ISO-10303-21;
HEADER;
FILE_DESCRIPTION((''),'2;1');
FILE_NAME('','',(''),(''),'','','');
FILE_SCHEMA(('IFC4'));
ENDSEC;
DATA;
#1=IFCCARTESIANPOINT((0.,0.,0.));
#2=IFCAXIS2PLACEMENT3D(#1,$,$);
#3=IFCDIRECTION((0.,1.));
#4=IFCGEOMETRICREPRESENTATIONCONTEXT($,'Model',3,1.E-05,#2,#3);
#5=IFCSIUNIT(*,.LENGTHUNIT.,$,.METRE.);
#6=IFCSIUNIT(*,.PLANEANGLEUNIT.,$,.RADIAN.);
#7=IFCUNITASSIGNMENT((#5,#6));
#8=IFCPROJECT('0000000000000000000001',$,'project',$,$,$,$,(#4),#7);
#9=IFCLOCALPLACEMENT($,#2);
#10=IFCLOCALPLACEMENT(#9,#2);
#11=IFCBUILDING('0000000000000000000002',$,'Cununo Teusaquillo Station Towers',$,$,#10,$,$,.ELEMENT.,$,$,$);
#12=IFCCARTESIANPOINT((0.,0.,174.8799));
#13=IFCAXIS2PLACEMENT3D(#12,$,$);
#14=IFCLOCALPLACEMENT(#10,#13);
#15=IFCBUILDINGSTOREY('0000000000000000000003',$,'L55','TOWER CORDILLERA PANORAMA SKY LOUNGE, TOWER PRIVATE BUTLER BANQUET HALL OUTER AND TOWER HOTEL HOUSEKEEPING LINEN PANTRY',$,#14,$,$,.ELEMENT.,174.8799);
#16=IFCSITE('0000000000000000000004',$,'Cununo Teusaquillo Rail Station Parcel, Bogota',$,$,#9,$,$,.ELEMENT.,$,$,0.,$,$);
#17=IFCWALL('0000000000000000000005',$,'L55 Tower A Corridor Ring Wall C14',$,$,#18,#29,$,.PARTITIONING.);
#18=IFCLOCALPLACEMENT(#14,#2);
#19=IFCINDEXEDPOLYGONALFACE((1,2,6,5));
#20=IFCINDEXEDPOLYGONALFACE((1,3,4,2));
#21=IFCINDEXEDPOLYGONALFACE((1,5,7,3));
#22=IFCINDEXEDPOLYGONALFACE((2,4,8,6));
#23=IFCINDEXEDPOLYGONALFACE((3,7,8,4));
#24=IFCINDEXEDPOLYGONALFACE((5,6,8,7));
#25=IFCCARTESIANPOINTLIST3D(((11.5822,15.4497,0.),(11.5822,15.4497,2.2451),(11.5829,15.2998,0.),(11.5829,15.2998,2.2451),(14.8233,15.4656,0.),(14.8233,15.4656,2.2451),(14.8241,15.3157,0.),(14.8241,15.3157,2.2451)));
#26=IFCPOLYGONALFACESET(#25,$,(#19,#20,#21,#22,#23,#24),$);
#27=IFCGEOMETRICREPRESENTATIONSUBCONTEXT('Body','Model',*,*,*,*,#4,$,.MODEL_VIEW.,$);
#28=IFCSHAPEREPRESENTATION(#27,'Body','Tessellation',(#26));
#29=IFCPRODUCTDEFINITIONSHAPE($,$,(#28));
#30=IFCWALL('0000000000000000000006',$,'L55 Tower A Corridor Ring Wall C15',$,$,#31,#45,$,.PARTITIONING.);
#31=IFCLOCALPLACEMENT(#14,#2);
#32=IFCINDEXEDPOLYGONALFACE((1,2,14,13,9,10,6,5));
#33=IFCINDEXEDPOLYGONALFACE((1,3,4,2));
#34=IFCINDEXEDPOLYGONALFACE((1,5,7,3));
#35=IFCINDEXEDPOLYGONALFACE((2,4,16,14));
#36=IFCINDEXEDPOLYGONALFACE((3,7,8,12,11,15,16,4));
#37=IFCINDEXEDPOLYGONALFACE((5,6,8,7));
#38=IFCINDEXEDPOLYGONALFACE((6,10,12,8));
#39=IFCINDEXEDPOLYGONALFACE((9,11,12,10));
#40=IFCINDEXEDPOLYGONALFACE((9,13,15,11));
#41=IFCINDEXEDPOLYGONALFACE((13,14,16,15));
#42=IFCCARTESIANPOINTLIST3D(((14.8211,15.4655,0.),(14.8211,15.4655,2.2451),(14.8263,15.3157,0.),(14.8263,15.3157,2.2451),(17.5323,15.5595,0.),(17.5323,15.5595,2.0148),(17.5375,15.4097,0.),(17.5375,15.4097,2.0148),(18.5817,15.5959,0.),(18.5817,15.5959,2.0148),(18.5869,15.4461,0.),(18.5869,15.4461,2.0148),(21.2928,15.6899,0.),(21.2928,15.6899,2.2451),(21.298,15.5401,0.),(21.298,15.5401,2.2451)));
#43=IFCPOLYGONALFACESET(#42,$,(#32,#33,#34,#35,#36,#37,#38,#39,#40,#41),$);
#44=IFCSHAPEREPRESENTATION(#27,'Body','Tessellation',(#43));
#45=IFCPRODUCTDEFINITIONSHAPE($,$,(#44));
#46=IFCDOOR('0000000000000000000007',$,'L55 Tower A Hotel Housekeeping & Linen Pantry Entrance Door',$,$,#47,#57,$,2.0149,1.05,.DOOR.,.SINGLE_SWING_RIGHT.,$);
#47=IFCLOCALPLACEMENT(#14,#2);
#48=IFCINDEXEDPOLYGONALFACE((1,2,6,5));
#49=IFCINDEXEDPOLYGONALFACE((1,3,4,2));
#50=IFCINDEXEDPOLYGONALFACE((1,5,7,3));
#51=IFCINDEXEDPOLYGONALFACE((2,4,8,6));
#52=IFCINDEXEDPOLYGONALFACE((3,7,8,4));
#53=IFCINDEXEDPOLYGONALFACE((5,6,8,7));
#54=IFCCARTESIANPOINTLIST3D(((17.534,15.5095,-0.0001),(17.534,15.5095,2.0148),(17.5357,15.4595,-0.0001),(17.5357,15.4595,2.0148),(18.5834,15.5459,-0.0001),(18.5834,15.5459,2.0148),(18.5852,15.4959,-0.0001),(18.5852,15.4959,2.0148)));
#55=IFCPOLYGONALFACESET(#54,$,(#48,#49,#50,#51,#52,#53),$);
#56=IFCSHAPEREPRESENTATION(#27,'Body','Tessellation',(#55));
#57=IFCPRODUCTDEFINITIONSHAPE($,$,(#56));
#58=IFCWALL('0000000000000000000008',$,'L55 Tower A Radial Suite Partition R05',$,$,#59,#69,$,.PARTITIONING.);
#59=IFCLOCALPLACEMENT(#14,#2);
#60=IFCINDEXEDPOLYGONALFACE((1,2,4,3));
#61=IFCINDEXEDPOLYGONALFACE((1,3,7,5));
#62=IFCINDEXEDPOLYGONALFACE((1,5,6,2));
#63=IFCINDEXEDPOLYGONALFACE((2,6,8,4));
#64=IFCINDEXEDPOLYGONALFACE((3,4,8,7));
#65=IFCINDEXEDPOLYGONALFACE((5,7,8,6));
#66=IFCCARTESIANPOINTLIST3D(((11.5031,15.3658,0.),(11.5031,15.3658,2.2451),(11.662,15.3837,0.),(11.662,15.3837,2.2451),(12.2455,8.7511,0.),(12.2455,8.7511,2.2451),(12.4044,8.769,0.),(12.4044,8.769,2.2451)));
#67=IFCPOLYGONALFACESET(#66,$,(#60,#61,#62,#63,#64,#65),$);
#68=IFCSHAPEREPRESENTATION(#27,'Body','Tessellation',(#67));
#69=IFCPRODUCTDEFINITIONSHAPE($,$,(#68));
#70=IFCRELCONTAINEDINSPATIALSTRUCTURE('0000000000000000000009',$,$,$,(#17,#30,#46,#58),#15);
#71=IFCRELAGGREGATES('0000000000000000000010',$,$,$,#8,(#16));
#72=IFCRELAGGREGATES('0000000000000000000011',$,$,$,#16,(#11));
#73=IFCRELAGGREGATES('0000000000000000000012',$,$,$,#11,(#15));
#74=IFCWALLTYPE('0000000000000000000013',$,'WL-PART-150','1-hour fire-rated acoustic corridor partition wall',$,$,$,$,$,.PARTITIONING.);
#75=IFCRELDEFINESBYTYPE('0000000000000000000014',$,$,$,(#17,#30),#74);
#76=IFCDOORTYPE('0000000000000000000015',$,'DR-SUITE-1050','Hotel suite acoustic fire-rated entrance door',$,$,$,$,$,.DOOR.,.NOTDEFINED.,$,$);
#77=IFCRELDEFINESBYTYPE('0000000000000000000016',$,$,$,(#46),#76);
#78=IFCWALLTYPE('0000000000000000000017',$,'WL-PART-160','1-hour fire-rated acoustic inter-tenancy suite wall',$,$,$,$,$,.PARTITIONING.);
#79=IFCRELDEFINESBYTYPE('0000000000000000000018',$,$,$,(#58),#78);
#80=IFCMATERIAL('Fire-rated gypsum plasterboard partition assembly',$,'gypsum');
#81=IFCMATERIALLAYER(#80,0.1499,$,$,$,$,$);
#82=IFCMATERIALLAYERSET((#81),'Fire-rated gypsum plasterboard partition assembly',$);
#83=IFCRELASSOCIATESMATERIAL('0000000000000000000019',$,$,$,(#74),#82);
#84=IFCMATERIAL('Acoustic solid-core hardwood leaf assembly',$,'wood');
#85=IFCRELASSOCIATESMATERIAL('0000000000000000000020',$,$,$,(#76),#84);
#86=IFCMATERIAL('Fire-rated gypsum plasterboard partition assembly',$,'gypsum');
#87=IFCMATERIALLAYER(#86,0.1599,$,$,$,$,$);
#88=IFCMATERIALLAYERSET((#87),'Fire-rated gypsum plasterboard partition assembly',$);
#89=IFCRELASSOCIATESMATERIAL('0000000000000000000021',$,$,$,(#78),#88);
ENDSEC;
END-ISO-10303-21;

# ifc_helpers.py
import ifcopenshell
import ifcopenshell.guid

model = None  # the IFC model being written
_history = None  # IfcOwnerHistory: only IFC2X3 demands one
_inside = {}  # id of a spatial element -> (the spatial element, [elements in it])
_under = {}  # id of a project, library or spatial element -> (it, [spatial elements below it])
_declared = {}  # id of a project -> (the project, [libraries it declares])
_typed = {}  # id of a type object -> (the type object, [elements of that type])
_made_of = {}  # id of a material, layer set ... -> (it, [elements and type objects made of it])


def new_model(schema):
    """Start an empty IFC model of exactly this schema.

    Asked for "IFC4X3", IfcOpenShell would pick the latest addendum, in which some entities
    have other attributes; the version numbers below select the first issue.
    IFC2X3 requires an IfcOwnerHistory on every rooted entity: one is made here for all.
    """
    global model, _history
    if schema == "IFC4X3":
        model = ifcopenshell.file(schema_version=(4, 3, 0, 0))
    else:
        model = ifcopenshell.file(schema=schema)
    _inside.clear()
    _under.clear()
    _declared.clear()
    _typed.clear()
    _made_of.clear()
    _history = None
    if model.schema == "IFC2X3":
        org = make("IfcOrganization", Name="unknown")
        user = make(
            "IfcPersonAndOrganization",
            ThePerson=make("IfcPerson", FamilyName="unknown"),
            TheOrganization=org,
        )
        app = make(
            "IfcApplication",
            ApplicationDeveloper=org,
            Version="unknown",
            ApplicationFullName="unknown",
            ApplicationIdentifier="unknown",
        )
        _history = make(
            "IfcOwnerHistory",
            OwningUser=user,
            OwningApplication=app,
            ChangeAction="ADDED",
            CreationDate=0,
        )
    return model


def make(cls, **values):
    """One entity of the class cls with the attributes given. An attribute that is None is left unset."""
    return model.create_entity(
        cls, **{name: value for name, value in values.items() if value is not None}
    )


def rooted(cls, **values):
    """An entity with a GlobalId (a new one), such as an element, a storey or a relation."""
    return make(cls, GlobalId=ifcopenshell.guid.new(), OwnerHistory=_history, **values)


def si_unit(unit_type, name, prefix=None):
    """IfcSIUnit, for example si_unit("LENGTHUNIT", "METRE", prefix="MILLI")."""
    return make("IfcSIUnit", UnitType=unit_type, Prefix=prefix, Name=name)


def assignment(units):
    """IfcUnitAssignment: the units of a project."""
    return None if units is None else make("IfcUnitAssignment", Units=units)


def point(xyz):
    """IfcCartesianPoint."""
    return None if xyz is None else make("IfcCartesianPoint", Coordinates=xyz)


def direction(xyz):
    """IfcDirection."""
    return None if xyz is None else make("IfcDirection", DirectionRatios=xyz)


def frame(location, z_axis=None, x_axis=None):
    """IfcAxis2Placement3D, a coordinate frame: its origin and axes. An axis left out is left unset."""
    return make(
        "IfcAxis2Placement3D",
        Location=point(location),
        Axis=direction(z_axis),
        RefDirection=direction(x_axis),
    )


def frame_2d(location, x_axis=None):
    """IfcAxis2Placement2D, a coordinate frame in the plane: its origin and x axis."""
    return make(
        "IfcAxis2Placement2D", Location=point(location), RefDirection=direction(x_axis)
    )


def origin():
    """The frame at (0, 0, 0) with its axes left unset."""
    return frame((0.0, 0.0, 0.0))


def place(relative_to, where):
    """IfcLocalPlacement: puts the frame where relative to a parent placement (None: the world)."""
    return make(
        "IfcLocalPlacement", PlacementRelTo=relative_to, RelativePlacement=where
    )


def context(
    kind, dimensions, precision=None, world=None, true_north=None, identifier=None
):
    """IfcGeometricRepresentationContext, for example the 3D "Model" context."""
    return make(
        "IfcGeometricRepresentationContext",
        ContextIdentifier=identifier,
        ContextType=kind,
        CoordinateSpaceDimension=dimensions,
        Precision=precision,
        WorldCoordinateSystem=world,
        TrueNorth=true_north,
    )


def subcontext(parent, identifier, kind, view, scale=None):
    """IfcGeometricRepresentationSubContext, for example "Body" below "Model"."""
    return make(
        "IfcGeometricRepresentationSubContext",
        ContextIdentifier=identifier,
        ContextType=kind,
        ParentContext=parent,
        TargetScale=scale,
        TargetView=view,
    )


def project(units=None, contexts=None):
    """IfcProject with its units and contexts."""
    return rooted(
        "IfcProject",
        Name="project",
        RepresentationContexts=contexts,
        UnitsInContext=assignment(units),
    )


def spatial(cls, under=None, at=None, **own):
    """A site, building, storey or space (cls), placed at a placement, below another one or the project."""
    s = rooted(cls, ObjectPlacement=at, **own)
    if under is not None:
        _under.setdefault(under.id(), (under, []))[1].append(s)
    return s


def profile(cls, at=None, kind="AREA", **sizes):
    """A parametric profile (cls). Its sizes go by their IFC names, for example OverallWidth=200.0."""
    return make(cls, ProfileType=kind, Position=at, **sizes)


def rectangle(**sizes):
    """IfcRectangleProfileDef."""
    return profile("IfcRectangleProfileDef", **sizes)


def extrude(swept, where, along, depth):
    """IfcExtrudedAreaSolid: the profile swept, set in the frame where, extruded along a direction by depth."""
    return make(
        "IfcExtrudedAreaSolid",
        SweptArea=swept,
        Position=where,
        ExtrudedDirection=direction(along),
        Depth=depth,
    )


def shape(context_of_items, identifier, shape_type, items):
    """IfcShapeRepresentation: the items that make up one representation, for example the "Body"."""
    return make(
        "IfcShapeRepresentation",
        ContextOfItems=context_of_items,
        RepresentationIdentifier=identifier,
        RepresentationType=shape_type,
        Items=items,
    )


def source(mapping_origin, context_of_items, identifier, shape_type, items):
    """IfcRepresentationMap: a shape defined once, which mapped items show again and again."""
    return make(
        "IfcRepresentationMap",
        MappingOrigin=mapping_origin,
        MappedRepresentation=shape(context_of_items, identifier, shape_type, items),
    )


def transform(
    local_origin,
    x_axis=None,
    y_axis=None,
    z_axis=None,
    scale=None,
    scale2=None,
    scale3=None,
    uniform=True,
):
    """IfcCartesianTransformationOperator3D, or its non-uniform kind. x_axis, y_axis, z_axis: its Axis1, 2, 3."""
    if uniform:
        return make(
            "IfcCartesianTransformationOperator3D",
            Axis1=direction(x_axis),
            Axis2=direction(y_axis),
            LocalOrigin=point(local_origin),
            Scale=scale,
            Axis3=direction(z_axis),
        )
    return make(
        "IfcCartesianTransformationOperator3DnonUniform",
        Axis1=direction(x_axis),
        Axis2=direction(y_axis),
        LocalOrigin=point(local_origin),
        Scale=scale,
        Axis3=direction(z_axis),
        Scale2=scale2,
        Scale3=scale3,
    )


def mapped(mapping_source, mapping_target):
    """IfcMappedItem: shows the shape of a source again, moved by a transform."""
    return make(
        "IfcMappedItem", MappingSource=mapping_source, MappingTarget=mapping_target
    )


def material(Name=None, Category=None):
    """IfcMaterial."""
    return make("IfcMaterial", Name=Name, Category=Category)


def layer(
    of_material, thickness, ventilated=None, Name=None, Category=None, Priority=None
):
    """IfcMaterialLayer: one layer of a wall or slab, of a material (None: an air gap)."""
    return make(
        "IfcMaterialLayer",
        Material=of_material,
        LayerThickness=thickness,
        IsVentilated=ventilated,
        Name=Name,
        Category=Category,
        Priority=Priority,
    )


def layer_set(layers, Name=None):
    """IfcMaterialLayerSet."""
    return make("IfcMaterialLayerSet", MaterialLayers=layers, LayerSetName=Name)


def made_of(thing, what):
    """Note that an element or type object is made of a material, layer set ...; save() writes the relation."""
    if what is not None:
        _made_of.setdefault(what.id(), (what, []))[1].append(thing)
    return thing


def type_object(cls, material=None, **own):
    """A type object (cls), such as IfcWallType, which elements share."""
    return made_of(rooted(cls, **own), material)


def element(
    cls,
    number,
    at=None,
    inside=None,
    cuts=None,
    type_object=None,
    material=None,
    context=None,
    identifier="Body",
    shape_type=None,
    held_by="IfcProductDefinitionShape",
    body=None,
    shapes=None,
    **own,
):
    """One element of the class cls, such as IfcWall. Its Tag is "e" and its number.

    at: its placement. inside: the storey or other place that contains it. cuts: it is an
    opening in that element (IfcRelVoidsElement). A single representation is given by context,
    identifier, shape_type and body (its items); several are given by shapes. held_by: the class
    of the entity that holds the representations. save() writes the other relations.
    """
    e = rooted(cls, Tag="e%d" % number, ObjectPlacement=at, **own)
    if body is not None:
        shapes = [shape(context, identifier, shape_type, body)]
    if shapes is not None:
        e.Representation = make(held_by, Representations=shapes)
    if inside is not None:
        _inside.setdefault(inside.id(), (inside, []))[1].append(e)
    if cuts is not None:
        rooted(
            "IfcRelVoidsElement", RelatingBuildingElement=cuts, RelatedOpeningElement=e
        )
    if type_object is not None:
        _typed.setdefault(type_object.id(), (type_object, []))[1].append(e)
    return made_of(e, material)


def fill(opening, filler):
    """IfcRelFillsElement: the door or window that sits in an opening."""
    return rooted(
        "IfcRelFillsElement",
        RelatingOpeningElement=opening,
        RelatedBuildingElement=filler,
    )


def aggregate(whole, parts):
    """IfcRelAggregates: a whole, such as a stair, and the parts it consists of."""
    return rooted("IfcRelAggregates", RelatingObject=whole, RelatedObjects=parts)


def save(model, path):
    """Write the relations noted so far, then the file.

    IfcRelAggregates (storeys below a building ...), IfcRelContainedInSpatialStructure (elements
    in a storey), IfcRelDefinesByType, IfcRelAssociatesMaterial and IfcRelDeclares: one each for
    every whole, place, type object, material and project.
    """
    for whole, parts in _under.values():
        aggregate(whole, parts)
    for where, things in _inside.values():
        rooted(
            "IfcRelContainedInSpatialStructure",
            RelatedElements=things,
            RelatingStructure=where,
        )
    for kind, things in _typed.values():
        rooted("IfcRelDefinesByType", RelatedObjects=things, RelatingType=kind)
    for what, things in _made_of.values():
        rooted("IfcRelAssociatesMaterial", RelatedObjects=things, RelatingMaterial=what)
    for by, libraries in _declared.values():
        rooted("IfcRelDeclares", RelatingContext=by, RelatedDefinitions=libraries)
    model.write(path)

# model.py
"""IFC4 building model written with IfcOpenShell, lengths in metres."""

from ifc_helpers import new_model, si_unit, direction, frame, frame_2d, origin, place, context, subcontext, project, spatial, rectangle, extrude, source, transform, mapped, material, layer, layer_set, type_object, element, fill, save


model = new_model("IFC4")

# Units and contexts
model_context = context("Model", 3, precision=1e-05, world=origin(), true_north=direction((0.0, 1.0)))
body_context = subcontext(model_context, "Body", "Model", "MODEL_VIEW")
ifc_project = project(units=[si_unit("LENGTHUNIT", "METRE"), si_unit("PLANEANGLEUNIT", "RADIAN")], contexts=[model_context])

# Site, building, storey
site_placement = place(None, origin())
site = spatial("IfcSite", under=ifc_project, at=site_placement, Name="Cununo Teusaquillo Rail Station Parcel, Bogota", CompositionType="ELEMENT", RefElevation=0.0)
building_placement = place(site_placement, origin())
building = spatial("IfcBuilding", under=site, at=building_placement, Name="Cununo Teusaquillo Station Towers", CompositionType="ELEMENT")
storey_placement = place(building_placement, frame((0.0, 0.0, 174.8799)))
storey = spatial("IfcBuildingStorey", under=building, at=storey_placement, Name="L55", Description="TOWER CORDILLERA PANORAMA SKY LOUNGE, TOWER PRIVATE BUTLER BANQUET HALL OUTER AND TOWER HOTEL HOUSEKEEPING LINEN PANTRY", CompositionType="ELEMENT", Elevation=174.8799)

# Wall
ifc_material_1 = material(Name="Fire-rated gypsum plasterboard partition assembly", Category="gypsum")
ifc_layer_1 = layer(ifc_material_1, 0.1499)
ifc_layer_set_1 = layer_set([ifc_layer_1], Name="Fire-rated gypsum plasterboard partition assembly")
wall_type_1 = type_object("IfcWallType", Name="WL-PART-150", Description="1-hour fire-rated acoustic corridor partition wall", PredefinedType="PARTITIONING", material=ifc_layer_set_1)
wall_1_placement = place(storey_placement, frame((11.5825, 15.3748, 0.0), z_axis=(0.0, 0.0, 1.0), x_axis=(0.999988, 0.004896, 0.0)))
element("IfcWall", 1, at=wall_1_placement, inside=storey, type_object=wall_type_1, Name="L55 Tower A Corridor Ring Wall C14", PredefinedType="PARTITIONING", context=body_context, shape_type="SweptSolid", body=[
    extrude(rectangle(XDim=3.2412, YDim=0.1499, at=frame_2d((1.6206, 0.0))), origin(), (0.0, 0.0, 1.0), 2.2451),
])

# Wall, opening, door
wall_2_placement = place(storey_placement, frame((14.8237, 15.3906, 0.0), z_axis=(0.0, 0.0, 1.0), x_axis=(0.9994, 0.034648, 0.0)))
wall_2 = element("IfcWall", 2, at=wall_2_placement, inside=storey, type_object=wall_type_1, Name="L55 Tower A Corridor Ring Wall C15", PredefinedType="PARTITIONING", context=body_context, shape_type="SweptSolid", body=[
    extrude(rectangle(XDim=6.4756, YDim=0.1499, at=frame_2d((3.2378, 0.0))), origin(), (0.0, 0.0, 1.0), 2.2451),
])
shared_shape_1 = source(origin(), body_context, "Body", "SweptSolid", [
    extrude(rectangle(XDim=1.05, YDim=2.0149, at=frame_2d((0.5249, 1.0073))), frame((0.0, 0.085, 0.0), z_axis=(0.0, -1.0, 0.0), x_axis=(1.0, 0.0, 0.0)), (0.0, 0.0, 1.0), 0.1699),
])
opening_1_placement = place(wall_2_placement, frame((2.7129, 0.0, 0.0)))
opening_1 = element("IfcOpeningElement", 3, at=opening_1_placement, cuts=wall_2, PredefinedType="OPENING", context=body_context, shape_type="MappedRepresentation", body=[
    mapped(shared_shape_1, transform((0.0, 0.0, 0.0), x_axis=(1.0, 0.0, 0.0), y_axis=(0.0, 1.0, 0.0), z_axis=(0.0, 0.0, 1.0), scale=1.0)),
])
ifc_material_2 = material(Name="Acoustic solid-core hardwood leaf assembly", Category="wood")
door_type = type_object("IfcDoorType", Name="DR-SUITE-1050", Description="Hotel suite acoustic fire-rated entrance door", OperationType="NOTDEFINED", PredefinedType="DOOR", material=ifc_material_2)
shared_shape_2 = source(origin(), body_context, "Body", "SweptSolid", [
    extrude(rectangle(XDim=1.05, YDim=2.0149, at=frame_2d((0.5249, 1.0073))), frame((0.0, 0.0249, 0.0), z_axis=(0.0, -1.0, 0.0), x_axis=(1.0, 0.0, 0.0)), (0.0, 0.0, 1.0), 0.05),
])
door_placement = place(opening_1_placement, origin())
door = element("IfcDoor", 4, at=door_placement, inside=storey, type_object=door_type, Name="L55 Tower A Hotel Housekeeping & Linen Pantry Entrance Door", OperationType="SINGLE_SWING_RIGHT", OverallHeight=2.0149, OverallWidth=1.05, PredefinedType="DOOR", context=body_context, shape_type="MappedRepresentation", body=[
    mapped(shared_shape_2, transform((0.0, 0.0, 0.0), x_axis=(1.0, 0.0, 0.0), y_axis=(0.0, 1.0, 0.0), z_axis=(0.0, 0.0, 1.0), scale=1.0)),
])
fill(opening_1, door)

# Wall
ifc_material_3 = material(Name="Fire-rated gypsum plasterboard partition assembly", Category="gypsum")
ifc_layer_2 = layer(ifc_material_3, 0.1599)
ifc_layer_set_2 = layer_set([ifc_layer_2], Name="Fire-rated gypsum plasterboard partition assembly")
wall_type_2 = type_object("IfcWallType", Name="WL-PART-160", Description="1-hour fire-rated acoustic inter-tenancy suite wall", PredefinedType="PARTITIONING", material=ifc_layer_set_2)
wall_3_placement = place(storey_placement, frame((11.5825, 15.3748, 0.0), z_axis=(0.0, 0.0, 1.0), x_axis=(0.111539, -0.99376, 0.0)))
element("IfcWall", 5, at=wall_3_placement, inside=storey, type_object=wall_type_2, Name="L55 Tower A Radial Suite Partition R05", PredefinedType="PARTITIONING", context=body_context, shape_type="SweptSolid", body=[
    extrude(rectangle(XDim=6.6562, YDim=0.1599, at=frame_2d((3.3281, 0.0))), origin(), (0.0, 0.0, 1.0), 2.2451),
])

save(model, "model.ifc")
